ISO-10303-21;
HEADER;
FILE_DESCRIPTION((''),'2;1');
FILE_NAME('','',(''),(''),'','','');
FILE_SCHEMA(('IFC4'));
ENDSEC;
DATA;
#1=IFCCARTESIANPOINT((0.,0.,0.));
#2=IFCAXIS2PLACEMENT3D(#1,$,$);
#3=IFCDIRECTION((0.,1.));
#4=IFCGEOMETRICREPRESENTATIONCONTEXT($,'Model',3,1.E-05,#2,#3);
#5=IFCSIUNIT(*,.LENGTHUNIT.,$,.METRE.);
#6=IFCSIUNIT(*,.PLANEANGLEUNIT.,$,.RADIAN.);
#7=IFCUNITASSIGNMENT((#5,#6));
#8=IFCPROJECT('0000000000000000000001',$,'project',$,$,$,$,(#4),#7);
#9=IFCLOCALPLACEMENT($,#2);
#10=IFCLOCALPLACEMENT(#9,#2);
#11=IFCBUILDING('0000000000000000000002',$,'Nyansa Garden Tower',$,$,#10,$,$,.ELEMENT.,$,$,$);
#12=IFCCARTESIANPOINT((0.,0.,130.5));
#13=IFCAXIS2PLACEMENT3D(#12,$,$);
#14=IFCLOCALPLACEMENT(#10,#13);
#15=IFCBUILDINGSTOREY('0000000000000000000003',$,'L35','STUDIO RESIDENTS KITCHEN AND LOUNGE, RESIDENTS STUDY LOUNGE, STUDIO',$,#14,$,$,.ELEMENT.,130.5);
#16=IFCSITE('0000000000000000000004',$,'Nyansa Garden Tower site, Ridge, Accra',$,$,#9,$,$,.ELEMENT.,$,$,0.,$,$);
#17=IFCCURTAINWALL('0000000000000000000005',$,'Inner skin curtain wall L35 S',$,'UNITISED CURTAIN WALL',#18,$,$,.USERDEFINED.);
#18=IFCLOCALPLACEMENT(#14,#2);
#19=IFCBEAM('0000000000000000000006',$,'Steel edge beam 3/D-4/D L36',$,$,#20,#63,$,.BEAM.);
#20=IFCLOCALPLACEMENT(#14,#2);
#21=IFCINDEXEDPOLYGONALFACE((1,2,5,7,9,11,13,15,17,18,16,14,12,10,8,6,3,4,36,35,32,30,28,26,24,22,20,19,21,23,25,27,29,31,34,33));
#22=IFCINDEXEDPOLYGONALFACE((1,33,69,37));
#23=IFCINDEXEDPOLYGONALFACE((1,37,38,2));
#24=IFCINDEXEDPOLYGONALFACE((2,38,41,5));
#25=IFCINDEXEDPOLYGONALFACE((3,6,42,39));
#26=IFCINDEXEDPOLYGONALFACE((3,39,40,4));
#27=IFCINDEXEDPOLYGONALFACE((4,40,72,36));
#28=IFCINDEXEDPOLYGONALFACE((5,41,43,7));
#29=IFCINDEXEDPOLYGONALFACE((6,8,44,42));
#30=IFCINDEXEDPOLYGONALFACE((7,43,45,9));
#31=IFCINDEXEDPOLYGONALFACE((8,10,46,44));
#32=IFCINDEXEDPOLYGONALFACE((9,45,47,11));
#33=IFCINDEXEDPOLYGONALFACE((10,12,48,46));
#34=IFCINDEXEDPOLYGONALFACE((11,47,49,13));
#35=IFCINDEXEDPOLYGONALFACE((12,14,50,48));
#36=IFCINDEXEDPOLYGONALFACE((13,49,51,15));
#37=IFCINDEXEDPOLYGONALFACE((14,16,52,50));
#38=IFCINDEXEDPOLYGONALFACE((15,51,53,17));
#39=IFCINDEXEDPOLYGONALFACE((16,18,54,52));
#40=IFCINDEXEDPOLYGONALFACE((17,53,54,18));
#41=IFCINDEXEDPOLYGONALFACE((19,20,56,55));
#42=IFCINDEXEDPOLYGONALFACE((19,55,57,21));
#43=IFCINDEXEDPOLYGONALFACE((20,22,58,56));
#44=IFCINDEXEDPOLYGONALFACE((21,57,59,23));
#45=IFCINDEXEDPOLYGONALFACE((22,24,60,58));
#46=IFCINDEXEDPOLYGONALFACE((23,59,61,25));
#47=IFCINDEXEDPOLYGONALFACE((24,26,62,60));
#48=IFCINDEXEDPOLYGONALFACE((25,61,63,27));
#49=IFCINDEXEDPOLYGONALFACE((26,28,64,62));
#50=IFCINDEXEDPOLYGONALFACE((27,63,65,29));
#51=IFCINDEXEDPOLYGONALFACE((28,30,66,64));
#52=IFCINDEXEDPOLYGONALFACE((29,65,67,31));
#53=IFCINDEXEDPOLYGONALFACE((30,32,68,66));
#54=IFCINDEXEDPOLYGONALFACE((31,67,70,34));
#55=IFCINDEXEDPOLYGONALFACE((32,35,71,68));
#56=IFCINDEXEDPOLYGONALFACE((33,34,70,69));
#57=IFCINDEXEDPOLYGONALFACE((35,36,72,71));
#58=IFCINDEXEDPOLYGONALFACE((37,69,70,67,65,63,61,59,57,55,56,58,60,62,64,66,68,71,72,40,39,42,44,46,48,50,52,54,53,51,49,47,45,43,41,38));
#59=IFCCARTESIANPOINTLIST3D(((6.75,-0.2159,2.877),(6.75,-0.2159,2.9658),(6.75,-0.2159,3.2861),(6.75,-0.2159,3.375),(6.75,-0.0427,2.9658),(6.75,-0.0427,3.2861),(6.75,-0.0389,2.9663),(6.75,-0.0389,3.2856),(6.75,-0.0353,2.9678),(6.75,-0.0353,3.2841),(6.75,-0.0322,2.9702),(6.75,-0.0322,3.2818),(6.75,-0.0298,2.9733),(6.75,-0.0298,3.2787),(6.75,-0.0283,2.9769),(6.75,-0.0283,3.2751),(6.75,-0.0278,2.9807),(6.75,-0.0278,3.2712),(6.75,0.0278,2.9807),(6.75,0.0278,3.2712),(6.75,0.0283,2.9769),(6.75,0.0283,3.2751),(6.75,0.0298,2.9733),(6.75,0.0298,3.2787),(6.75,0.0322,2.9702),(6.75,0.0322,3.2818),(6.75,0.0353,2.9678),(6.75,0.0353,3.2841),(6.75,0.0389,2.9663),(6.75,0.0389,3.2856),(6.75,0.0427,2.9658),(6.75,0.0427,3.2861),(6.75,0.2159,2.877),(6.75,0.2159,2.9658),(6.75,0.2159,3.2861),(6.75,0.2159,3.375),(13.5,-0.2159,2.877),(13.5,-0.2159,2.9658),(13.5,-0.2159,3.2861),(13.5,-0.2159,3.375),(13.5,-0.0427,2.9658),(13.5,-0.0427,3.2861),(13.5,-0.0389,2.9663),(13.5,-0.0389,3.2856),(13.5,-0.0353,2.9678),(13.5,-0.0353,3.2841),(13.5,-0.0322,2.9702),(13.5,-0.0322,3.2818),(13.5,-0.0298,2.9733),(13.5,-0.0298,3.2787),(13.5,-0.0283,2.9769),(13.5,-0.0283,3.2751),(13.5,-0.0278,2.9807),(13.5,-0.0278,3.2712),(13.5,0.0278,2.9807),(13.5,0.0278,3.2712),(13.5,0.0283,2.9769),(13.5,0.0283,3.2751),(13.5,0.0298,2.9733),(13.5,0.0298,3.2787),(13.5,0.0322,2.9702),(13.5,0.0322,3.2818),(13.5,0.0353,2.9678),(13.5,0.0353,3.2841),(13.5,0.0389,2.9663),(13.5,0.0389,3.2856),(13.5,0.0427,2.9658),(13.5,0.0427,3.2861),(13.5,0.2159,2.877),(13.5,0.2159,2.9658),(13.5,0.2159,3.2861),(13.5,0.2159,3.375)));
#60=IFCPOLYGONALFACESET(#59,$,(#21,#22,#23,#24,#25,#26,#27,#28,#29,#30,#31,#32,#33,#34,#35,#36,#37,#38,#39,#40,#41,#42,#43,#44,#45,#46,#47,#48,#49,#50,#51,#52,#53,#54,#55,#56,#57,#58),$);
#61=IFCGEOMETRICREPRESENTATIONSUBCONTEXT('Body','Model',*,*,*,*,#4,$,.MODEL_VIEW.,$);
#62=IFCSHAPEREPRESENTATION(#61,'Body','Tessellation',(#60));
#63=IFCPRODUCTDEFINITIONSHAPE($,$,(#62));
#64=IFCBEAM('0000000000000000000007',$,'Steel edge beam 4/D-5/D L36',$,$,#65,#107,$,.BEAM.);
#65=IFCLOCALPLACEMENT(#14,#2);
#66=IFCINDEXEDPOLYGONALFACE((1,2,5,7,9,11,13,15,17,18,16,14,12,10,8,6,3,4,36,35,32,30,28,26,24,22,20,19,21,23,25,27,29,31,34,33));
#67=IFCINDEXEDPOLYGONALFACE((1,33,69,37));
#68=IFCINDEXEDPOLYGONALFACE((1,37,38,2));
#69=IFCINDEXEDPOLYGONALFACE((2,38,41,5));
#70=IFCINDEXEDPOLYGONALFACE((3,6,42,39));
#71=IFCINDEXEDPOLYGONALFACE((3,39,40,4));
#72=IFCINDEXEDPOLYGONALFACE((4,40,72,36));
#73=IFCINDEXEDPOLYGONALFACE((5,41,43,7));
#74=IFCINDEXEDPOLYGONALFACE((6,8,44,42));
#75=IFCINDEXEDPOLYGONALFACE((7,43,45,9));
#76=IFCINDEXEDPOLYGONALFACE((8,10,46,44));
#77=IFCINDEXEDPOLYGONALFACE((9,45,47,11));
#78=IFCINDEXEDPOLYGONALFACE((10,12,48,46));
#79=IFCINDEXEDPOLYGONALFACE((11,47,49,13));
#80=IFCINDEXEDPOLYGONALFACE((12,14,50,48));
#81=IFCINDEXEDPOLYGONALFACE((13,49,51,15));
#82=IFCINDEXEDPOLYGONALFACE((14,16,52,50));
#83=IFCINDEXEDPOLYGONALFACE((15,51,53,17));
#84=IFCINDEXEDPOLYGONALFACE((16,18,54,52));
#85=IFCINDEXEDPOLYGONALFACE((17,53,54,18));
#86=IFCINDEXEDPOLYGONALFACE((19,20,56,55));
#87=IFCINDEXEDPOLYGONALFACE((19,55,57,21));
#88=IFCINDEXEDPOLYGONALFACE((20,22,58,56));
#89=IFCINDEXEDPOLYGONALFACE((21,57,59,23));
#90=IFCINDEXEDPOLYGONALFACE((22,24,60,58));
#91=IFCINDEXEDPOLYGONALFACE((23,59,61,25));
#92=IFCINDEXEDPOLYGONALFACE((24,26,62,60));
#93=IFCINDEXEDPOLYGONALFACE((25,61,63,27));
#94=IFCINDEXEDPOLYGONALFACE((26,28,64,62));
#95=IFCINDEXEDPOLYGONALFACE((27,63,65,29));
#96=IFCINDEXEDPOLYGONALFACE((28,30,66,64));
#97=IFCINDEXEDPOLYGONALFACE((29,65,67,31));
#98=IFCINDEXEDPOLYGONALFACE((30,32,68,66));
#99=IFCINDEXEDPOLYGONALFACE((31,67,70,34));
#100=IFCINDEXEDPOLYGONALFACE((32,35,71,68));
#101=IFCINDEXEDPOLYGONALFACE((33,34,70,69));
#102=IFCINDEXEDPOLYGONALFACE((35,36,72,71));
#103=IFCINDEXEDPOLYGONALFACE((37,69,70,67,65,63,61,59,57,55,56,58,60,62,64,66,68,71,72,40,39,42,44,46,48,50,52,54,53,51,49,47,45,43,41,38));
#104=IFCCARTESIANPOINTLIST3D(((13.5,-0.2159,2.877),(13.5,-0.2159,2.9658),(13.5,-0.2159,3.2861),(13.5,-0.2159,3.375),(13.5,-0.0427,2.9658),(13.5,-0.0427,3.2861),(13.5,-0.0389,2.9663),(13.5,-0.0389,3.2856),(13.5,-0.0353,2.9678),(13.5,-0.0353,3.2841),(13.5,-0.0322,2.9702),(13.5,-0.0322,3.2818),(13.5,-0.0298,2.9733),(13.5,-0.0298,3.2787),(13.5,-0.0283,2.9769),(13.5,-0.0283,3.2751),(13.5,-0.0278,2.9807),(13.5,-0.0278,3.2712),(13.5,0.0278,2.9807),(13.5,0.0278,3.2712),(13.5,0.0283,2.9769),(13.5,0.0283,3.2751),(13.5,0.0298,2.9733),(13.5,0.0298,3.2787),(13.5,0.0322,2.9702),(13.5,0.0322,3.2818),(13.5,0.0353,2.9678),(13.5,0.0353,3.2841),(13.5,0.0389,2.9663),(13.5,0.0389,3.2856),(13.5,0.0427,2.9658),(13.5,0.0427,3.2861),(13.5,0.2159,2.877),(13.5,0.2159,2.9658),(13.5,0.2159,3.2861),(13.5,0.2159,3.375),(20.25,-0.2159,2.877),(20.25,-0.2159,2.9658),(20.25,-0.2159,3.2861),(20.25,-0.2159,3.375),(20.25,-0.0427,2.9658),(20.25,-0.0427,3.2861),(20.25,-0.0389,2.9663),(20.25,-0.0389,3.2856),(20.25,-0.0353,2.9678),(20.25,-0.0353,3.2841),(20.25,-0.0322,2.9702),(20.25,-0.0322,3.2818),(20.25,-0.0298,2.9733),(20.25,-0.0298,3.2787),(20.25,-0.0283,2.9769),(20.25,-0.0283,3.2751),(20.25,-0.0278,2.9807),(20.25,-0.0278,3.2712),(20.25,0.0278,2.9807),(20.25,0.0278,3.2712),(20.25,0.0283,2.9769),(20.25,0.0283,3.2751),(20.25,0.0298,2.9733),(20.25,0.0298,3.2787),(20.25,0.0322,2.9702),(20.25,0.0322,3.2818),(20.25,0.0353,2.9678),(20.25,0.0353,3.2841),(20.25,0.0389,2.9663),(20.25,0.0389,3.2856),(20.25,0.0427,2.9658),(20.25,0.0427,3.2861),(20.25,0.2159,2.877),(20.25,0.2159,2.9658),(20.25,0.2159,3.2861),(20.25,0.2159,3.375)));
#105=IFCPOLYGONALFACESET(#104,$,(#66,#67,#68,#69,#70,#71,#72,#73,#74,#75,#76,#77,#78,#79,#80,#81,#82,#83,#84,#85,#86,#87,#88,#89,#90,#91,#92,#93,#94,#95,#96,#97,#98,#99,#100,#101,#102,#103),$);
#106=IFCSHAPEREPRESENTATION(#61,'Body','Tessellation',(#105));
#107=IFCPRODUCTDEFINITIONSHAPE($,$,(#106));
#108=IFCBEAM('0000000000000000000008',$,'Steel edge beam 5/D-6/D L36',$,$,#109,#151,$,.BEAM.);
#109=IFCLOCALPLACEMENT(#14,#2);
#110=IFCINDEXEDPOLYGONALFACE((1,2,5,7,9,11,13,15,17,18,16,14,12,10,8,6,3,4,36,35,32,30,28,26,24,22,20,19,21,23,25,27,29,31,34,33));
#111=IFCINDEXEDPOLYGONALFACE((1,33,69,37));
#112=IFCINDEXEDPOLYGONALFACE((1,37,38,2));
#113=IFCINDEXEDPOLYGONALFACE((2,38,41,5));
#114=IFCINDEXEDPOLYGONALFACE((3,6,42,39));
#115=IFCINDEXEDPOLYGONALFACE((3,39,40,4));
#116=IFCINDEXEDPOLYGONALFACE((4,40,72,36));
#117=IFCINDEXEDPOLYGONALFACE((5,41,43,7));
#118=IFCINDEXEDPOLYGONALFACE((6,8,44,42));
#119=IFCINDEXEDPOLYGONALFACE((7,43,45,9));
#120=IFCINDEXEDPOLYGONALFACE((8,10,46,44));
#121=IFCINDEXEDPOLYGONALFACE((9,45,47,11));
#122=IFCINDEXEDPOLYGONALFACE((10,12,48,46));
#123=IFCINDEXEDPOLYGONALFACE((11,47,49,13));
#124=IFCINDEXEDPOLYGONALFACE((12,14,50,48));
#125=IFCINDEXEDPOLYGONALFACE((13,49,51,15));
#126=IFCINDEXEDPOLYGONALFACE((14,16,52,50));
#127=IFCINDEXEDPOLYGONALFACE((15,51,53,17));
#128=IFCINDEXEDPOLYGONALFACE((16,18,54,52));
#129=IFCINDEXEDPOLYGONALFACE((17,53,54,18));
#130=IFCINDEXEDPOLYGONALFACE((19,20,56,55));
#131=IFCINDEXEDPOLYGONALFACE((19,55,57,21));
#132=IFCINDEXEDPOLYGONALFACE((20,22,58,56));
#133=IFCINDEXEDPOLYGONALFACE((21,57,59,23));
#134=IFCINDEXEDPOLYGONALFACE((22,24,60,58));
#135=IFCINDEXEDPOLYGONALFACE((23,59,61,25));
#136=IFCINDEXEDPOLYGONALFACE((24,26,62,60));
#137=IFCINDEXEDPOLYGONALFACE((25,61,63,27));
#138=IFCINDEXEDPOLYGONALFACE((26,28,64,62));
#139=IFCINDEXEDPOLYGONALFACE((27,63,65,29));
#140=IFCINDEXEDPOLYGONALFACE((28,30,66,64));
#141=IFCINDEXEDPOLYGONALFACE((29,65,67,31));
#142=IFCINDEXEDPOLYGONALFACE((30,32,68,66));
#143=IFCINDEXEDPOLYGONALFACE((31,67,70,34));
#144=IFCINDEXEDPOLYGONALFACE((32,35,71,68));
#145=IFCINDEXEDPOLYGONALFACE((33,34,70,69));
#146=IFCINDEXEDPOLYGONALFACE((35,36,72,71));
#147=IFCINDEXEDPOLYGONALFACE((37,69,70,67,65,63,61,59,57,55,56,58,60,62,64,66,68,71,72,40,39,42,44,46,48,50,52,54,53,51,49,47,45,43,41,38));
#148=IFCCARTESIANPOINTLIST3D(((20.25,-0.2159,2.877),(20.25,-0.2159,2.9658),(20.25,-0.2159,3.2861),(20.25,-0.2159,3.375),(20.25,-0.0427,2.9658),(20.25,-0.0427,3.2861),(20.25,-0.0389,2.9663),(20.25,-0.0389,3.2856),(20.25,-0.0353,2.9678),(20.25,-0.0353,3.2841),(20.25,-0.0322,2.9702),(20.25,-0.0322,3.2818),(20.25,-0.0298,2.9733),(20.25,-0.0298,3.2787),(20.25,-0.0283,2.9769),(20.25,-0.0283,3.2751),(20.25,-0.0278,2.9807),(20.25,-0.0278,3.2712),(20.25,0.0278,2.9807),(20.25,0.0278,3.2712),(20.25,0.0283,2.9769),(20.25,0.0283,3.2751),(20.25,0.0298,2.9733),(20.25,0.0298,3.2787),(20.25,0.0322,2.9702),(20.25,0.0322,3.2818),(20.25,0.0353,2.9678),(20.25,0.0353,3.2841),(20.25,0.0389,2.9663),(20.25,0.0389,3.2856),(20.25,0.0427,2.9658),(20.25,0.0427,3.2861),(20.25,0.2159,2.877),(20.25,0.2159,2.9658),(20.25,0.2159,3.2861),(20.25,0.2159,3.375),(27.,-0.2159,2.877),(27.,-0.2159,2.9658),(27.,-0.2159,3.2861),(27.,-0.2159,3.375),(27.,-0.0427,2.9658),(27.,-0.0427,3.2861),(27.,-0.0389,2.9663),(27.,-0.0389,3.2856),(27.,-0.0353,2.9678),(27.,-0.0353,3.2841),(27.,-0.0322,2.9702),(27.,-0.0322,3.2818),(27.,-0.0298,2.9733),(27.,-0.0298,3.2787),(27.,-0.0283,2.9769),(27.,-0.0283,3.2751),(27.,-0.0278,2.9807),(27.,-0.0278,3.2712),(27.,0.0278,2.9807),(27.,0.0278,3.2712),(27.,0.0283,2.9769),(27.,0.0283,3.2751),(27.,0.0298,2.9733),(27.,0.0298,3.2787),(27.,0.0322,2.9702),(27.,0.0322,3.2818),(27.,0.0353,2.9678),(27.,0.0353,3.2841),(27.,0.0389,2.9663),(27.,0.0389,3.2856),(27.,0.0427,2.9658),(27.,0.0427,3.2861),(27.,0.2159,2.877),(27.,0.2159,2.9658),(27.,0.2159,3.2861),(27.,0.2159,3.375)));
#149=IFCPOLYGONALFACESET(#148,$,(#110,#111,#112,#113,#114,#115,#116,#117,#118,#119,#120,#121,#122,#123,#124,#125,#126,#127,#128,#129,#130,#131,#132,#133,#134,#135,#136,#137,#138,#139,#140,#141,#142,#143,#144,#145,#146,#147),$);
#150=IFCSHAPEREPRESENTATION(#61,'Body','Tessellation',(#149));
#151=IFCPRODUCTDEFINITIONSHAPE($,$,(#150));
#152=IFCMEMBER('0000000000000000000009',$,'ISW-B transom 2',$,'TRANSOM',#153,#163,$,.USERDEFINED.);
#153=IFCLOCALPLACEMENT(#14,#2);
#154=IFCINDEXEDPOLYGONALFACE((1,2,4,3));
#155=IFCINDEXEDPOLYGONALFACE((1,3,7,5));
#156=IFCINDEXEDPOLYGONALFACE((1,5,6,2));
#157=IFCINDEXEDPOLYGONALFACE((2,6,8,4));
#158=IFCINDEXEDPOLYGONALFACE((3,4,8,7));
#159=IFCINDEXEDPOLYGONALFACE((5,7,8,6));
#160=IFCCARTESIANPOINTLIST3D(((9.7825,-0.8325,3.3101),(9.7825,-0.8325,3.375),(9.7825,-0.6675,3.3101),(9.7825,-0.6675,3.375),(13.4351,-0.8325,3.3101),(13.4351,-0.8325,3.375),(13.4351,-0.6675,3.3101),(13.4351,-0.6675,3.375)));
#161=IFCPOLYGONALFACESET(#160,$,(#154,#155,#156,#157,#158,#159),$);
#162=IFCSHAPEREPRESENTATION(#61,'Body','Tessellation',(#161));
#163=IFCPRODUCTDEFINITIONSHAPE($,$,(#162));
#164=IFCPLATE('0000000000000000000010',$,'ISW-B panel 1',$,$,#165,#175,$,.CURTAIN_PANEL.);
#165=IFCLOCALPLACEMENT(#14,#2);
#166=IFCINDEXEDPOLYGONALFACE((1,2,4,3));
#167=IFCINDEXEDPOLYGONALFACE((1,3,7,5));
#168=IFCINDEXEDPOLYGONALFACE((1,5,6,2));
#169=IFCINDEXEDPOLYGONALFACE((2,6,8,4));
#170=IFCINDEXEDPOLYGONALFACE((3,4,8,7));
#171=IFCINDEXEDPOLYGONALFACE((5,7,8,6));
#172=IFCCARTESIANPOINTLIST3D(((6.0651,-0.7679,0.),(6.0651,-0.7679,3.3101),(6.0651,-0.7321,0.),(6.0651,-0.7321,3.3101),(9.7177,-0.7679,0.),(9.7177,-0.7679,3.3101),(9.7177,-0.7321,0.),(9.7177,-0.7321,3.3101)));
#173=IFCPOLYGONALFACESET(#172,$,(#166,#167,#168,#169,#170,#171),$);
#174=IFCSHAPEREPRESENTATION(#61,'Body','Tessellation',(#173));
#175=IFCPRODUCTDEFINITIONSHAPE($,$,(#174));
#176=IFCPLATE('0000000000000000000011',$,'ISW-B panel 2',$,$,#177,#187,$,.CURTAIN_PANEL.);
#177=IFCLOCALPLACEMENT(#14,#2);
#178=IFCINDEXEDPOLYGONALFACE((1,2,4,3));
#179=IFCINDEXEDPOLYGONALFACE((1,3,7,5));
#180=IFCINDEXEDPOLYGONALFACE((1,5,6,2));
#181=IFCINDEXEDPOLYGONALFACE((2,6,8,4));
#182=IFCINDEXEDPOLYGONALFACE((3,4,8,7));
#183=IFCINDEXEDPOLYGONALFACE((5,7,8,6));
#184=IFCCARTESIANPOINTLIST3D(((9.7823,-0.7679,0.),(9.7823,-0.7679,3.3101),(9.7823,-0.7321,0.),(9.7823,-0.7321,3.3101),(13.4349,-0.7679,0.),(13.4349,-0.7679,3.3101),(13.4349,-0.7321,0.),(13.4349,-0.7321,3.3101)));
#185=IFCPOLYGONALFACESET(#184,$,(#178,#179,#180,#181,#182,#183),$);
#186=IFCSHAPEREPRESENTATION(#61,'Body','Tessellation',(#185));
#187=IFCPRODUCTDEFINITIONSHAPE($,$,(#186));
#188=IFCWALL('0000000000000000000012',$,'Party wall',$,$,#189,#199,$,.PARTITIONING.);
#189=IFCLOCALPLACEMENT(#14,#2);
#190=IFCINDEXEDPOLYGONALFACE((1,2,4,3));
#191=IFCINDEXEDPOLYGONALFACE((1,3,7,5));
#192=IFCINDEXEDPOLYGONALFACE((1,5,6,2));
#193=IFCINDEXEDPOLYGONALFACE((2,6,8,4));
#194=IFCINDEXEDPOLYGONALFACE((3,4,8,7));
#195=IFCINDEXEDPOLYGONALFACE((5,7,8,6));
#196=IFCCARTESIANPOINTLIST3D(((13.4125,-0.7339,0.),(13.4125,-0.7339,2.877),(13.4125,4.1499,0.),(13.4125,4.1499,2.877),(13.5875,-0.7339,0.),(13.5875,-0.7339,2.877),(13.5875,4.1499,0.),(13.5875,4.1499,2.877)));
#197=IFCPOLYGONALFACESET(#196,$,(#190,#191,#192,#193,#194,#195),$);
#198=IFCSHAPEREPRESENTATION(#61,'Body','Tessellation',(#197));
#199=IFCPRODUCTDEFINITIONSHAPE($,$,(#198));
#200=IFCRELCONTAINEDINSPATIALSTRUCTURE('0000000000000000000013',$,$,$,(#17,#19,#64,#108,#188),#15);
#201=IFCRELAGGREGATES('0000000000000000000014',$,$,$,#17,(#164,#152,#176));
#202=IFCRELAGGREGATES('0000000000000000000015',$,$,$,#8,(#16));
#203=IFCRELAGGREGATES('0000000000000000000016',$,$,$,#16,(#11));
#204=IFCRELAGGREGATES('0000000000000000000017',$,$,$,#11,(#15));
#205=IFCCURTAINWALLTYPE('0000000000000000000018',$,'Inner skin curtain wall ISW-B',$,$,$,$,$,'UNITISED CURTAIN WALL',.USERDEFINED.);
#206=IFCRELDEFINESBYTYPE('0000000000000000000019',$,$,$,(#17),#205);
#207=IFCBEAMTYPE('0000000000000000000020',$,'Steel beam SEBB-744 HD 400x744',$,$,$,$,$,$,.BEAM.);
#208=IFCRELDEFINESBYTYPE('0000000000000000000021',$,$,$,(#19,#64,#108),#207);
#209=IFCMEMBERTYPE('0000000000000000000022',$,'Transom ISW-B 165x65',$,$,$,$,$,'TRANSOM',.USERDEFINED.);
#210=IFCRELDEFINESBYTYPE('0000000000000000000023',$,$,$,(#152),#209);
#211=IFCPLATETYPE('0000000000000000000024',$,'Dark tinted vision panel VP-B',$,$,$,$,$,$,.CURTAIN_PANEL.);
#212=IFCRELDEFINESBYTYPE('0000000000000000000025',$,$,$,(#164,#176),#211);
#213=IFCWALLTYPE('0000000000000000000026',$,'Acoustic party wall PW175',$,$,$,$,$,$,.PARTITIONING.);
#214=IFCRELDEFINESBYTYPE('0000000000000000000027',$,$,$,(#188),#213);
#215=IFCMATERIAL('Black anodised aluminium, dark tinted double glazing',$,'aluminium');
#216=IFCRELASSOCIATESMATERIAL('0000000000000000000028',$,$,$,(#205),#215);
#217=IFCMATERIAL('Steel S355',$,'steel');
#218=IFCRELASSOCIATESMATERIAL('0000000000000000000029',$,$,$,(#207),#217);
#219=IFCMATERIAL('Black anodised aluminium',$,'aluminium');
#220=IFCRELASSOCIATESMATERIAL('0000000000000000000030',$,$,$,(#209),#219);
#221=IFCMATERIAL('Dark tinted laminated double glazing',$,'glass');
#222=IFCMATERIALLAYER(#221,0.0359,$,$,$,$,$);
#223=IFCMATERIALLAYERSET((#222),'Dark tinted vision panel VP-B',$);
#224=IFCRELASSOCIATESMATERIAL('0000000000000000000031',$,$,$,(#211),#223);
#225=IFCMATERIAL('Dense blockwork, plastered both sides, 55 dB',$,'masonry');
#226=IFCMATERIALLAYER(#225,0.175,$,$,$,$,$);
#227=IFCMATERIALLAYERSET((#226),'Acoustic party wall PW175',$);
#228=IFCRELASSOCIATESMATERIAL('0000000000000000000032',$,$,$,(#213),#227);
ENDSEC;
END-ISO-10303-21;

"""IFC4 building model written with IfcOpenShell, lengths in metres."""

from ifc_helpers import new_model, si_unit, direction, frame, frame_2d, origin, origin_2d, place, context, subcontext, project, spatial, rectangle, i_section, extrude, material, layer, layer_set, material_profile, profile_set, type_object, element, aggregate, save


model = new_model("IFC4")

# Units and contexts
model_context = context("Model", 3, precision=1e-05, world=origin(), true_north=direction((0.0, 1.0)))
body_context = subcontext(model_context, "Body", "Model", "MODEL_VIEW")
ifc_project = project(units=[si_unit("LENGTHUNIT", "METRE"), si_unit("PLANEANGLEUNIT", "RADIAN")], contexts=[model_context])

# Site, building, storey
site_placement = place(None, origin())
site = spatial("IfcSite", under=ifc_project, at=site_placement, Name="Nyansa Garden Tower site, Ridge, Accra", CompositionType="ELEMENT", RefElevation=0.0)
building_placement = place(site_placement, origin())
building = spatial("IfcBuilding", under=site, at=building_placement, Name="Nyansa Garden Tower", CompositionType="ELEMENT")
storey_placement = place(building_placement, frame((0.0, 0.0, 130.5)))
storey = spatial("IfcBuildingStorey", under=building, at=storey_placement, Name="L35", Description="STUDIO RESIDENTS KITCHEN AND LOUNGE, RESIDENTS STUDY LOUNGE, STUDIO", CompositionType="ELEMENT", Elevation=130.5)

# Curtain wall
ifc_material_1 = material(Name="Black anodised aluminium, dark tinted double glazing", Category="aluminium")
curtain_wall_type = type_object("IfcCurtainWallType", Name="Inner skin curtain wall ISW-B", ElementType="UNITISED CURTAIN WALL", PredefinedType="USERDEFINED", material=ifc_material_1)
curtain_wall_placement = place(storey_placement, origin())
curtain_wall = element("IfcCurtainWall", 1, at=curtain_wall_placement, inside=storey, type_object=curtain_wall_type, Name="Inner skin curtain wall L35 S", ObjectType="UNITISED CURTAIN WALL", PredefinedType="USERDEFINED")

# Beams
ifc_material_2 = material(Name="Steel S355", Category="steel")
ifc_material_profile_1 = material_profile(ifc_material_2, i_section(OverallWidth=0.4319, OverallDepth=0.498, WebThickness=0.0557, FlangeThickness=0.0889, FilletRadius=0.0149, at=origin_2d()), Name="HD 400x744")
ifc_profile_set_1 = profile_set([ifc_material_profile_1], Name="Steel S355")
beam_type_1 = type_object("IfcBeamType", Name="Steel beam SEBB-744 HD 400x744", PredefinedType="BEAM", material=ifc_profile_set_1)
for number, where, z_axis, x_axis, name in (
    (2, (6.75, 0.0, 3.126), (1.0, 0.0, 0.0), (0.0, 1.0, 0.0), "Steel edge beam 3/D-4/D L36"),
    (3, (13.5, 0.0, 3.126), (1.0, 0.0, 0.0), (0.0, 1.0, 0.0), "Steel edge beam 4/D-5/D L36"),
    (4, (20.25, 0.0, 3.126), (1.0, 0.0, 0.0), (0.0, 1.0, 0.0), "Steel edge beam 5/D-6/D L36"),
):
    element("IfcBeam", number, at=place(storey_placement, frame(where, z_axis=z_axis, x_axis=x_axis)), inside=storey, type_object=beam_type_1, Name=name, PredefinedType="BEAM", context=body_context, shape_type="SweptSolid", body=[
        extrude(i_section(OverallWidth=0.4319, OverallDepth=0.498, WebThickness=0.0557, FlangeThickness=0.0889, FilletRadius=0.0149, at=origin_2d()), origin(), (0.0, 0.0, 1.0), 6.75),
    ])

# Member
ifc_material_3 = material(Name="Black anodised aluminium", Category="aluminium")
ifc_material_profile_2 = material_profile(ifc_material_3, rectangle(XDim=0.165, YDim=0.0649, at=origin_2d()), Name="Transom 165x65")
ifc_profile_set_2 = profile_set([ifc_material_profile_2], Name="Black anodised aluminium")
member_type_1 = type_object("IfcMemberType", Name="Transom ISW-B 165x65", ElementType="TRANSOM", PredefinedType="USERDEFINED", material=ifc_profile_set_2)
member_1_placement = place(storey_placement, frame((9.7825, -0.75, 3.3425), z_axis=(1.0, 0.0, 0.0), x_axis=(0.0, 1.0, 0.0)))
member_1 = element("IfcMember", 5, at=member_1_placement, type_object=member_type_1, Name="ISW-B transom 2", ObjectType="TRANSOM", PredefinedType="USERDEFINED", context=body_context, shape_type="SweptSolid", body=[
    extrude(rectangle(XDim=0.165, YDim=0.0649, at=origin_2d()), origin(), (0.0, 0.0, 1.0), 3.6526),
])

# Plates
ifc_material_4 = material(Name="Dark tinted laminated double glazing", Category="glass")
ifc_layer_1 = layer(ifc_material_4, 0.0359)
ifc_layer_set_1 = layer_set([ifc_layer_1], Name="Dark tinted vision panel VP-B")
plate_type = type_object("IfcPlateType", Name="Dark tinted vision panel VP-B", PredefinedType="CURTAIN_PANEL", material=ifc_layer_set_1)
plate_1_placement = place(storey_placement, frame((7.8914, -0.75, 0.0), z_axis=(0.0, 0.0, 1.0), x_axis=(1.0, 0.0, 0.0)))
plate_1 = element("IfcPlate", 6, at=plate_1_placement, type_object=plate_type, Name="ISW-B panel 1", PredefinedType="CURTAIN_PANEL", context=body_context, shape_type="SweptSolid", body=[
    extrude(rectangle(XDim=3.6526, YDim=0.0359, at=origin_2d()), origin(), (0.0, 0.0, 1.0), 3.3101),
])
plate_2_placement = place(storey_placement, frame((11.6086, -0.75, 0.0), z_axis=(0.0, 0.0, 1.0), x_axis=(1.0, 0.0, 0.0)))
plate_2 = element("IfcPlate", 7, at=plate_2_placement, type_object=plate_type, Name="ISW-B panel 2", PredefinedType="CURTAIN_PANEL", context=body_context, shape_type="SweptSolid", body=[
    extrude(rectangle(XDim=3.6526, YDim=0.0359, at=origin_2d()), origin(), (0.0, 0.0, 1.0), 3.3101),
])
aggregate(curtain_wall, [plate_1, member_1, plate_2])

# Wall
ifc_material_5 = material(Name="Dense blockwork, plastered both sides, 55 dB", Category="masonry")
ifc_layer_2 = layer(ifc_material_5, 0.175)
ifc_layer_set_2 = layer_set([ifc_layer_2], Name="Acoustic party wall PW175")
wall_type_1 = type_object("IfcWallType", Name="Acoustic party wall PW175", PredefinedType="PARTITIONING", material=ifc_layer_set_2)
wall_1_placement = place(storey_placement, frame((13.5, -0.7339, 0.0), z_axis=(0.0, 0.0, 1.0), x_axis=(0.0, 1.0, 0.0)))
element("IfcWall", 8, at=wall_1_placement, inside=storey, type_object=wall_type_1, Name="Party wall", PredefinedType="PARTITIONING", context=body_context, shape_type="SweptSolid", body=[
    extrude(rectangle(XDim=4.8838, YDim=0.175, at=frame_2d((2.4419, 0.0))), origin(), (0.0, 0.0, 1.0), 2.877),
])

save(model, "model.ifc")
